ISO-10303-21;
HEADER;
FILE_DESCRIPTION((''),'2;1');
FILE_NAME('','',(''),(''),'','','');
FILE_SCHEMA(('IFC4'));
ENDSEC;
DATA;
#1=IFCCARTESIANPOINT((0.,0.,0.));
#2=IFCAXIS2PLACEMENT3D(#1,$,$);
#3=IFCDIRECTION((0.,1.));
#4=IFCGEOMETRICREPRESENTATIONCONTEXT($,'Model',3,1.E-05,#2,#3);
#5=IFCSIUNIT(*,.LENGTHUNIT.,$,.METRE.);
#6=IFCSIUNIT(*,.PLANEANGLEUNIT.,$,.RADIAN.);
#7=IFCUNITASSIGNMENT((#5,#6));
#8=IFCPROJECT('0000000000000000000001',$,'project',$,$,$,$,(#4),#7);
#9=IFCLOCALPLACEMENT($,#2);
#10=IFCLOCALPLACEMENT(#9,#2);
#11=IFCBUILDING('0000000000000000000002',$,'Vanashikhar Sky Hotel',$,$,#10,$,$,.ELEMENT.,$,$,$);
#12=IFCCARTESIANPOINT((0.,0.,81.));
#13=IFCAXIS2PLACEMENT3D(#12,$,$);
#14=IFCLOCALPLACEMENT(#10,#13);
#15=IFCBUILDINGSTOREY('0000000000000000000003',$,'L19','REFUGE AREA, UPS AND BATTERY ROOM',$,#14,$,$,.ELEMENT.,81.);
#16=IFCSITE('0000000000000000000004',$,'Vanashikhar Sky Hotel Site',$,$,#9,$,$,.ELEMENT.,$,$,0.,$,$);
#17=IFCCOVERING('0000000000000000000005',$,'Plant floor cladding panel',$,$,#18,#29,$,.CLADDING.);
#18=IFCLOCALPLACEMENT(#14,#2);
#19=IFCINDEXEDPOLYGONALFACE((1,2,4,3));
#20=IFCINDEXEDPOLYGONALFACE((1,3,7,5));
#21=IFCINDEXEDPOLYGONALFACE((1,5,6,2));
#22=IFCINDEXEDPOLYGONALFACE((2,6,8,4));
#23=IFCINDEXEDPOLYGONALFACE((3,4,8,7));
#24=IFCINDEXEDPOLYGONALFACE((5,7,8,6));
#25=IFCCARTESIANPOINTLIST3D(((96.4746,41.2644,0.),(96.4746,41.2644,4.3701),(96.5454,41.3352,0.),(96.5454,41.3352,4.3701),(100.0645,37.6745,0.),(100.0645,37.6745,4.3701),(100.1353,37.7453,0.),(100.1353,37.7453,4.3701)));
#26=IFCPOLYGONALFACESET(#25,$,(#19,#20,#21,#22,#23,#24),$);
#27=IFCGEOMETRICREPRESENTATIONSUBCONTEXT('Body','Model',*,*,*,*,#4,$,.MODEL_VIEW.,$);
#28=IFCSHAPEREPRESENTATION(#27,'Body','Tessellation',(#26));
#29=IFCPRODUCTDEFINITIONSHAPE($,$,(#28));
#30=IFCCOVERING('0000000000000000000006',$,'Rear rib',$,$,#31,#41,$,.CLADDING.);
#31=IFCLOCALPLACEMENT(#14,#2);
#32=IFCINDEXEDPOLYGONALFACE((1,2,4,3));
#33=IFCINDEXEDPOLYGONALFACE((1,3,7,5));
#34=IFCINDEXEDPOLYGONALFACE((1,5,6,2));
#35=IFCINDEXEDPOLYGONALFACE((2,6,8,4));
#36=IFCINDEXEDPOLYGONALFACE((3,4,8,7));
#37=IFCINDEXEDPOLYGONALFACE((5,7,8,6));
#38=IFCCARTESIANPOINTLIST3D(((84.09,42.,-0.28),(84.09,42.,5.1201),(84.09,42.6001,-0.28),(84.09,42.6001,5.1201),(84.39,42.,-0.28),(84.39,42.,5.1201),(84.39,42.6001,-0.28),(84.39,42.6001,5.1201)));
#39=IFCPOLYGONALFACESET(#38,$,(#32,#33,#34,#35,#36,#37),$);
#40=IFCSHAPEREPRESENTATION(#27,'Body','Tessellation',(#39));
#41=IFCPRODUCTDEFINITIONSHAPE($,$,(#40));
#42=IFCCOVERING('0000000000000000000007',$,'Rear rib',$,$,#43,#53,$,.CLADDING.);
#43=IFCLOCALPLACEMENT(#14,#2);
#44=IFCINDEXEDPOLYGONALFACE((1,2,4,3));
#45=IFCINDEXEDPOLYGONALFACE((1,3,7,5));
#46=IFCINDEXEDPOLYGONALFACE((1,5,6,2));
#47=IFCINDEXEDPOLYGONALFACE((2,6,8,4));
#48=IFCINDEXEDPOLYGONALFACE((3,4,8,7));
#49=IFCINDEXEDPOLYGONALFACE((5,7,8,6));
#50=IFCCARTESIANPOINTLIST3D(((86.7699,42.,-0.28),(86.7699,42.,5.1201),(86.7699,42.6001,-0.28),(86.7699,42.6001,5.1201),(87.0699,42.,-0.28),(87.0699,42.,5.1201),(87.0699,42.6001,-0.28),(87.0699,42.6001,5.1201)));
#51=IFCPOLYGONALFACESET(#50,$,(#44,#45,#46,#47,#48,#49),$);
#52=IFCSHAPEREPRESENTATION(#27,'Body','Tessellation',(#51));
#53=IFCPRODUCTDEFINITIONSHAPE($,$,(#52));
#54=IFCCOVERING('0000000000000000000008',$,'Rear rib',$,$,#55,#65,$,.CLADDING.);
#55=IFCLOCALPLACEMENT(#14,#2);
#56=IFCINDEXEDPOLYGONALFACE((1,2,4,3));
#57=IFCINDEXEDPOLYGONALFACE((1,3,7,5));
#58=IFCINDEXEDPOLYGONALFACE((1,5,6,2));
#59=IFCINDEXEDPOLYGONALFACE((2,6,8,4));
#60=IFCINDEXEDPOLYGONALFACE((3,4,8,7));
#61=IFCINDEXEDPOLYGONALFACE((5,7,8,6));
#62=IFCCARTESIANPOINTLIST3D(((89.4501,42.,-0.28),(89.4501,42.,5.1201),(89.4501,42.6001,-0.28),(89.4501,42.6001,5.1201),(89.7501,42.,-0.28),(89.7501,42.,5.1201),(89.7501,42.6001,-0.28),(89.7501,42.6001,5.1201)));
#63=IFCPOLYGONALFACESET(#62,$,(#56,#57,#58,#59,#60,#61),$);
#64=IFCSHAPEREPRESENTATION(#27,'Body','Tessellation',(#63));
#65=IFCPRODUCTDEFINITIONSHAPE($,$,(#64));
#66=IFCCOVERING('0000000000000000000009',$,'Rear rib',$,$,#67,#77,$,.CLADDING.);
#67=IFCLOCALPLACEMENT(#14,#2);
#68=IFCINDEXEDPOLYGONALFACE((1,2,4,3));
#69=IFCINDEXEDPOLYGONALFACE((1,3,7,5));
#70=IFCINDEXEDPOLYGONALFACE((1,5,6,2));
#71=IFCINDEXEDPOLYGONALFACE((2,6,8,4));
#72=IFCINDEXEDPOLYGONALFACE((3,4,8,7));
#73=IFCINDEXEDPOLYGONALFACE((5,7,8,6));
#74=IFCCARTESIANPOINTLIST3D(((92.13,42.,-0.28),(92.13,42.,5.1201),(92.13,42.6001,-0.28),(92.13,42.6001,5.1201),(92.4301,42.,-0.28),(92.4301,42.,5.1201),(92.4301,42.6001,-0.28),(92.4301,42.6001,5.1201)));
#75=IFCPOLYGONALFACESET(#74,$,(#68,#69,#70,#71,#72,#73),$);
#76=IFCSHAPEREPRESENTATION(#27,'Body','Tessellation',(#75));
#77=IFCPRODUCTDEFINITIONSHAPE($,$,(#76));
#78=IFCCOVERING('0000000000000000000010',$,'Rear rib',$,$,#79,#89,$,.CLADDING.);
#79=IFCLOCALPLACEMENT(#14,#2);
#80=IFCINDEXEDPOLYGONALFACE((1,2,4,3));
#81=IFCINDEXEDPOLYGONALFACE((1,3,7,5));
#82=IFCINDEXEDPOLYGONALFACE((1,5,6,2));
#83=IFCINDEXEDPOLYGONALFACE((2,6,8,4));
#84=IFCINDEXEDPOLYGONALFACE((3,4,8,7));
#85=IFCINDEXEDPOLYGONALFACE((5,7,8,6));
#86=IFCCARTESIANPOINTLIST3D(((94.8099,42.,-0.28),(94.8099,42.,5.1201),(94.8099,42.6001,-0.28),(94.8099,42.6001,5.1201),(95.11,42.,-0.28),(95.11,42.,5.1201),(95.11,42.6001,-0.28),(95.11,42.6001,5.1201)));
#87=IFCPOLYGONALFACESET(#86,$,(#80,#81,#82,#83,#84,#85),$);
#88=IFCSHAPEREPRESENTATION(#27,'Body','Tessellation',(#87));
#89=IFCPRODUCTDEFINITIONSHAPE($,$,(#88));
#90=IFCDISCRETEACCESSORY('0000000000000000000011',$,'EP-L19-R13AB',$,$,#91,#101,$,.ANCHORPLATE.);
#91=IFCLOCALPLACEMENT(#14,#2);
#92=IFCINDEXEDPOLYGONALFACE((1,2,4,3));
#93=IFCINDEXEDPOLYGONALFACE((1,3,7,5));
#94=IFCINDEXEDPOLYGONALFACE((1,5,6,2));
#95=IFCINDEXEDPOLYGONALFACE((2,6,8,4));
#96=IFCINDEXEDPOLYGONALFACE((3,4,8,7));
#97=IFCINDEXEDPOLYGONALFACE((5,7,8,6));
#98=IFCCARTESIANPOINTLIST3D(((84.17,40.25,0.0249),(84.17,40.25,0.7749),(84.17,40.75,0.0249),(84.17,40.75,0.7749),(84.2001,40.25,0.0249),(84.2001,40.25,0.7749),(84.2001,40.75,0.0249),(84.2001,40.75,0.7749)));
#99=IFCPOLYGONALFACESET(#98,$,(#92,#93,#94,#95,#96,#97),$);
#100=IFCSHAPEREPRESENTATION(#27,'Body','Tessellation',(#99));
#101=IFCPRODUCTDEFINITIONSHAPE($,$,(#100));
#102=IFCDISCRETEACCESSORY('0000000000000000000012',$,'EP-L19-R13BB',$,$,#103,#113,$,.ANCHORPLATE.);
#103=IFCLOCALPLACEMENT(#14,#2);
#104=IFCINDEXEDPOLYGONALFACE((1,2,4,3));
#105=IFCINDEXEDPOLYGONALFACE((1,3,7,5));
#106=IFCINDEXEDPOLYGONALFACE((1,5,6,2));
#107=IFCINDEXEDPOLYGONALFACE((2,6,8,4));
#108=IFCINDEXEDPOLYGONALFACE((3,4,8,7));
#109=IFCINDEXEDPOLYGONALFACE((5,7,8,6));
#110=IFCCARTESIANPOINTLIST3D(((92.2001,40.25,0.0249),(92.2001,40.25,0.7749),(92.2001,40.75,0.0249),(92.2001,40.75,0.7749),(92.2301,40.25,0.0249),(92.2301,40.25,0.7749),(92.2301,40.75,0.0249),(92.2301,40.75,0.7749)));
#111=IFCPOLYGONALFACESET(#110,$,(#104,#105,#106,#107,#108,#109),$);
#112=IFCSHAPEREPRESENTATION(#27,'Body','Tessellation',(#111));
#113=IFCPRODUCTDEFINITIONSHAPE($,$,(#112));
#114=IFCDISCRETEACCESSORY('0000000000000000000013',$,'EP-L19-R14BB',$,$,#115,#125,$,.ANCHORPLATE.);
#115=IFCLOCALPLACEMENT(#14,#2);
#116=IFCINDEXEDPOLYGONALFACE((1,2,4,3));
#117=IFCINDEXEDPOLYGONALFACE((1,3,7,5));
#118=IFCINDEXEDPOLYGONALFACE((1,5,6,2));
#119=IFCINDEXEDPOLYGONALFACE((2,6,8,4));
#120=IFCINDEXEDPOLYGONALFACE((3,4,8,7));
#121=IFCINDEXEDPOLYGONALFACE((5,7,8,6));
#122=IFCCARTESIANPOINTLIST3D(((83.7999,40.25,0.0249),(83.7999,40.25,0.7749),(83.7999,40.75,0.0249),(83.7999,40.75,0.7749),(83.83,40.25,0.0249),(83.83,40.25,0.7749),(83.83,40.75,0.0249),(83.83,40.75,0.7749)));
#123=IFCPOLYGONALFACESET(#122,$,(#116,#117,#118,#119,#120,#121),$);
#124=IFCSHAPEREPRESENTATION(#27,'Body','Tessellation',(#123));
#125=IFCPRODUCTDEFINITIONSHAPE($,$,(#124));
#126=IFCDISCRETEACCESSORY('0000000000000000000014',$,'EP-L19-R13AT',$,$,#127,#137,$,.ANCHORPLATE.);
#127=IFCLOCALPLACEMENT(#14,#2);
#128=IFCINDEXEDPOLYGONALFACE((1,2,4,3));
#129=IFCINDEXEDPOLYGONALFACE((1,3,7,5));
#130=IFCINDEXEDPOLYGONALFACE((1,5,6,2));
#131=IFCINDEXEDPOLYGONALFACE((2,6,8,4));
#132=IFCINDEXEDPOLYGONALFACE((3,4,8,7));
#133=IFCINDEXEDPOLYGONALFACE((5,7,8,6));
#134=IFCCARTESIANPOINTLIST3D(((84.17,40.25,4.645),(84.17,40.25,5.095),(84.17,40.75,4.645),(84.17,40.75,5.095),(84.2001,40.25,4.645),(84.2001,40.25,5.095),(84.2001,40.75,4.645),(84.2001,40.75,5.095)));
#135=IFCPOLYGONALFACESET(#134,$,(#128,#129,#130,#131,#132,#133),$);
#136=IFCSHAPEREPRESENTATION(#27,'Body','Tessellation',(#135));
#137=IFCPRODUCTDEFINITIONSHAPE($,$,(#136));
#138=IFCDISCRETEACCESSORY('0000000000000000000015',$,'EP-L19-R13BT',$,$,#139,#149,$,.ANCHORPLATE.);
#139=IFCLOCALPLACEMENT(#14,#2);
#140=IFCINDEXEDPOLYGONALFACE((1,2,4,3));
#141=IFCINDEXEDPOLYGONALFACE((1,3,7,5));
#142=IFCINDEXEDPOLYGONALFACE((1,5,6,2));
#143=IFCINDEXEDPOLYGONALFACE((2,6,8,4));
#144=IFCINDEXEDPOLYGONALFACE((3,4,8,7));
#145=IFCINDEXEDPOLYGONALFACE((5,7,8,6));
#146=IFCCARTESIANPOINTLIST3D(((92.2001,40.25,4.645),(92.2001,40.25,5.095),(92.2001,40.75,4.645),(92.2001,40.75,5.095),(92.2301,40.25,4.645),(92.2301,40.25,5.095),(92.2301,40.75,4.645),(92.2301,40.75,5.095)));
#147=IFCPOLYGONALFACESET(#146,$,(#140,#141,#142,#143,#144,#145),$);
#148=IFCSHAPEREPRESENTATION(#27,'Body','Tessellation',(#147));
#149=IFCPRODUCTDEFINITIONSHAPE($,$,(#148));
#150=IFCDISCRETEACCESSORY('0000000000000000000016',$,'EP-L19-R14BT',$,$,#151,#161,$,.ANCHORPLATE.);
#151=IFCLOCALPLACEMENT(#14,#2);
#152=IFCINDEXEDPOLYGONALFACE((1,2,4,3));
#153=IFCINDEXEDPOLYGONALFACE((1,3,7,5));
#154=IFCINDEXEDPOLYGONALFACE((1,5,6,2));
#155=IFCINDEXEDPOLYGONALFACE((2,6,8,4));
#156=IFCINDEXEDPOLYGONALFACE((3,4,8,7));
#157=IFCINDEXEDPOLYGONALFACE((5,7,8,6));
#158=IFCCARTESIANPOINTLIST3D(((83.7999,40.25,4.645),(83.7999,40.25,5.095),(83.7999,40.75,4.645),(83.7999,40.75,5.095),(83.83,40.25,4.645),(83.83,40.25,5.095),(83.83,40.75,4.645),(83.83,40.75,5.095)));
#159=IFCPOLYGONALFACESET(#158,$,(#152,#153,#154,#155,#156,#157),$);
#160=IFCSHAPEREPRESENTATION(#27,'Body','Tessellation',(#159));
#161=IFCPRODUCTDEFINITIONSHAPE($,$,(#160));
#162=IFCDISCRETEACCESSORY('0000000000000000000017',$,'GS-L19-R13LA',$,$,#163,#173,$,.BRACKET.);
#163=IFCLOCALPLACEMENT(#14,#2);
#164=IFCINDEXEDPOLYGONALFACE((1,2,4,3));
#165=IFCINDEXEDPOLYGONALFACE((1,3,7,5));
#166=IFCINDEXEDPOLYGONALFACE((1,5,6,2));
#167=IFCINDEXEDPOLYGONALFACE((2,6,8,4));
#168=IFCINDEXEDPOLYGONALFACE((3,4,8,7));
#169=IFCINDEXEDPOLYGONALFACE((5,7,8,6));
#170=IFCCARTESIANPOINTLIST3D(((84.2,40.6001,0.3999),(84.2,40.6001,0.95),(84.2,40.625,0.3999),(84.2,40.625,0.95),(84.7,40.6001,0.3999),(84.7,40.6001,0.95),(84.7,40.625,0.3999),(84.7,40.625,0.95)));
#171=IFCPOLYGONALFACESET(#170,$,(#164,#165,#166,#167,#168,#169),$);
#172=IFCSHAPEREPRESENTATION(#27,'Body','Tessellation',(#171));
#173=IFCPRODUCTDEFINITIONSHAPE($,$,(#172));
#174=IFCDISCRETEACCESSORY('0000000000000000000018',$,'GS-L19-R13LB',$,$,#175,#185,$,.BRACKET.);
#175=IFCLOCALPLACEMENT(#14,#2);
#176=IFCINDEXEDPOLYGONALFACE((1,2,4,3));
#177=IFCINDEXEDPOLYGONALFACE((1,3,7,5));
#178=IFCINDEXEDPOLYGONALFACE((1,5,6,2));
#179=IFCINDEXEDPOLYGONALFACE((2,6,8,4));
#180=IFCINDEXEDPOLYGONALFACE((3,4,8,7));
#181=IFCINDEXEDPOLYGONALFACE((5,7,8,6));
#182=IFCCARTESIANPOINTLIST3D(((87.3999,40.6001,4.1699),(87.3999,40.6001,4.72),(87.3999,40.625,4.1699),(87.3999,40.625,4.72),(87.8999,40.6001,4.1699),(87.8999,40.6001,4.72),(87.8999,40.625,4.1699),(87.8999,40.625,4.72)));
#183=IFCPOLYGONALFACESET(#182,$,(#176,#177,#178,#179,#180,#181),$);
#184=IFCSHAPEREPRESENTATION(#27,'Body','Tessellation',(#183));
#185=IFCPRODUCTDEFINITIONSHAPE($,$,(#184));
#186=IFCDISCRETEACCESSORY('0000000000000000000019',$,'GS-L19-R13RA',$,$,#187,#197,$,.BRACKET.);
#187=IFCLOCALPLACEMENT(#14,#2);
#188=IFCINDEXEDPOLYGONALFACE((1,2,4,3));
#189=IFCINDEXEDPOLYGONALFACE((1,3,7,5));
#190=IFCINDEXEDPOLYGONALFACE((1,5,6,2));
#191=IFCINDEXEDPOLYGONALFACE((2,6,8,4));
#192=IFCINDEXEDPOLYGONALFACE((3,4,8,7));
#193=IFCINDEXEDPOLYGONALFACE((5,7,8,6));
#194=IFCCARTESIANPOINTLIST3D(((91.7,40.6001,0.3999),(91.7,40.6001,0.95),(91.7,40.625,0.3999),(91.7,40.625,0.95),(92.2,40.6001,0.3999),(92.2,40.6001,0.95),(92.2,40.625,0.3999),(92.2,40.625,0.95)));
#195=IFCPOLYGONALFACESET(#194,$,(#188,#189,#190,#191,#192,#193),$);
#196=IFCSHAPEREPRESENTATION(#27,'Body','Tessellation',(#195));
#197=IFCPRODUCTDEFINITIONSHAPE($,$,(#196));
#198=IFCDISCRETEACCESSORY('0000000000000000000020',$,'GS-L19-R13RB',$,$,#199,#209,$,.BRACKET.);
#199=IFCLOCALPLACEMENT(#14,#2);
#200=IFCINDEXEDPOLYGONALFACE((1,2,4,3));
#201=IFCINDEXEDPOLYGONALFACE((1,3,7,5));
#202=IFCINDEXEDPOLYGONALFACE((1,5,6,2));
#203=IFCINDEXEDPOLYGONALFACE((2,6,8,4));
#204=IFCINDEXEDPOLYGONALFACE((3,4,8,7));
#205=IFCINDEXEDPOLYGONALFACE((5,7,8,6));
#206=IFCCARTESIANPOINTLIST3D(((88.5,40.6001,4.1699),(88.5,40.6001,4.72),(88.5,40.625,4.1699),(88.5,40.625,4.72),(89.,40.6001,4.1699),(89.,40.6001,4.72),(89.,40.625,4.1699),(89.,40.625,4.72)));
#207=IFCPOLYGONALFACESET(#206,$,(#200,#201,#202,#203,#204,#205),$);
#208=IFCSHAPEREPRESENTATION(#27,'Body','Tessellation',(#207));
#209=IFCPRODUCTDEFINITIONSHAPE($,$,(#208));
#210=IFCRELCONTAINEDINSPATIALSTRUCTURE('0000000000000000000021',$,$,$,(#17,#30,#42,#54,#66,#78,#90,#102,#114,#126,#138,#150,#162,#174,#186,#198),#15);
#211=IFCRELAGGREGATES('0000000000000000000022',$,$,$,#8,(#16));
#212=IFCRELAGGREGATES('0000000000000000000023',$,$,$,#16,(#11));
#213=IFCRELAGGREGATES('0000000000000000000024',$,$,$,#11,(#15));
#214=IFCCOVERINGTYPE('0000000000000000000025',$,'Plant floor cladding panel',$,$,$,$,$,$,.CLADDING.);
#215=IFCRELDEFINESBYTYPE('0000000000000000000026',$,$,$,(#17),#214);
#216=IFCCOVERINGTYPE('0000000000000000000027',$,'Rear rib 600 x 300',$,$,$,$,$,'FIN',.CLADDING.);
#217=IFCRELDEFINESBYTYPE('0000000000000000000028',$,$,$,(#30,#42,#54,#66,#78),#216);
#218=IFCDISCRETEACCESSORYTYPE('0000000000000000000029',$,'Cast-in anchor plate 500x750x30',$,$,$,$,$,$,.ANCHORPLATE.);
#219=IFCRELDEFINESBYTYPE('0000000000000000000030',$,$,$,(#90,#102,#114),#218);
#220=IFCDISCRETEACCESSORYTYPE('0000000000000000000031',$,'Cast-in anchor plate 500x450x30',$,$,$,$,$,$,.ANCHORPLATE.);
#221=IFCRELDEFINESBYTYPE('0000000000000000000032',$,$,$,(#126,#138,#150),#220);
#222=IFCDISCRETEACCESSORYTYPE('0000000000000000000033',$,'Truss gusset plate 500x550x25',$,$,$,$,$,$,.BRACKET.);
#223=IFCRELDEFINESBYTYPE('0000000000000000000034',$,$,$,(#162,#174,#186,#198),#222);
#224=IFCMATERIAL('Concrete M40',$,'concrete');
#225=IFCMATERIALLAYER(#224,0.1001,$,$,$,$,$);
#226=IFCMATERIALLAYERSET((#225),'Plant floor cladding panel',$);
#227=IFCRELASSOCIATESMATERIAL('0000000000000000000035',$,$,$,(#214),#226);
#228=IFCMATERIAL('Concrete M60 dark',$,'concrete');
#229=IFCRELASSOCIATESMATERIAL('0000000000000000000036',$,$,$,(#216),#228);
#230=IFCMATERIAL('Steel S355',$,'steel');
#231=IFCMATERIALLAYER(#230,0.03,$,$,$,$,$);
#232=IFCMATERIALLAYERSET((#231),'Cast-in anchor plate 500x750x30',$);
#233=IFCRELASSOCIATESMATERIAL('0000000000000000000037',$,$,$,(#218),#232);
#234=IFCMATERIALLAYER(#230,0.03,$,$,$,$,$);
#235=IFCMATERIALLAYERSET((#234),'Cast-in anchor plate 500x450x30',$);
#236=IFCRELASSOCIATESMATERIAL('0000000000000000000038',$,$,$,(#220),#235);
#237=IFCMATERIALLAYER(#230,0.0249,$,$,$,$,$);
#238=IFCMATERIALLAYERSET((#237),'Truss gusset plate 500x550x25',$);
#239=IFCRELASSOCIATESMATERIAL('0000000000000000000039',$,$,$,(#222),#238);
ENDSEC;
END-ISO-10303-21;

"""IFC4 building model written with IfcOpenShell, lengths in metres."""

from ifc_helpers import new_model, si_unit, direction, frame, origin, origin_2d, place, context, subcontext, project, spatial, rectangle, extrude, source, transform, mapped, material, layer, layer_set, material_profile, profile_set, type_object, element, save


model = new_model("IFC4")

# Units and contexts
model_context = context("Model", 3, precision=1e-05, world=origin(), true_north=direction((0.0, 1.0)))
body_context = subcontext(model_context, "Body", "Model", "MODEL_VIEW")
ifc_project = project(units=[si_unit("LENGTHUNIT", "METRE"), si_unit("PLANEANGLEUNIT", "RADIAN")], contexts=[model_context])

# Site, building, storey
site_placement = place(None, origin())
site = spatial("IfcSite", under=ifc_project, at=site_placement, Name="Vanashikhar Sky Hotel Site", CompositionType="ELEMENT", RefElevation=0.0)
building_placement = place(site_placement, origin())
building = spatial("IfcBuilding", under=site, at=building_placement, Name="Vanashikhar Sky Hotel", CompositionType="ELEMENT")
storey_placement = place(building_placement, frame((0.0, 0.0, 81.0)))
storey = spatial("IfcBuildingStorey", under=building, at=storey_placement, Name="L19", Description="REFUGE AREA, UPS AND BATTERY ROOM", CompositionType="ELEMENT", Elevation=81.0)

# Shared definitions
ifc_material_1 = material(Name="Steel S355", Category="steel")

# Coverings
ifc_material_2 = material(Name="Concrete M40", Category="concrete")
ifc_layer_1 = layer(ifc_material_2, 0.1001)
ifc_layer_set_1 = layer_set([ifc_layer_1], Name="Plant floor cladding panel")
covering_type_1 = type_object("IfcCoveringType", Name="Plant floor cladding panel", PredefinedType="CLADDING", material=ifc_layer_set_1)
shared_shape_1 = source(origin(), body_context, "Body", "SweptSolid", [
    extrude(rectangle(XDim=5.0769, YDim=0.1001, at=origin_2d()), origin(), (0.0, 0.0, 1.0), 4.3701),
])
covering_1_placement = place(storey_placement, frame((98.3049, 39.5049, 0.0), z_axis=(0.0, 0.0, 1.0), x_axis=(-0.707107, 0.707107, 0.0)))
element("IfcCovering", 1, at=covering_1_placement, inside=storey, type_object=covering_type_1, Name="Plant floor cladding panel", PredefinedType="CLADDING", context=body_context, shape_type="MappedRepresentation", body=[
    mapped(shared_shape_1, transform((0.0, 0.0, 0.0), scale=1.0)),
])
ifc_material_3 = material(Name="Concrete M60 dark", Category="concrete")
ifc_material_profile_1 = material_profile(ifc_material_3, rectangle(XDim=0.6001, YDim=0.3, at=origin_2d()))
ifc_profile_set_1 = profile_set([ifc_material_profile_1], Name="Rear rib 600 x 300")
covering_type_2 = type_object("IfcCoveringType", Name="Rear rib 600 x 300", ElementType="FIN", PredefinedType="CLADDING", material=ifc_profile_set_1)
shared_shape_2 = source(origin(), body_context, "Body", "SweptSolid", [
    extrude(rectangle(XDim=0.6001, YDim=0.3, at=origin_2d()), origin(), (0.0, 0.0, 1.0), 5.4001),
])
for number, where, z_axis, x_axis, name in (
    (2, (84.24, 42.3, -0.28), (0.0, 0.0, 1.0), (0.0, 1.0, 0.0), "Rear rib"),
    (3, (86.9199, 42.3, -0.28), (0.0, 0.0, 1.0), (0.0, 1.0, 0.0), "Rear rib"),
    (4, (89.6001, 42.3, -0.28), (0.0, 0.0, 1.0), (0.0, 1.0, 0.0), "Rear rib"),
    (5, (92.28, 42.3, -0.28), (0.0, 0.0, 1.0), (0.0, 1.0, 0.0), "Rear rib"),
    (6, (94.96, 42.3, -0.28), (0.0, 0.0, 1.0), (0.0, 1.0, 0.0), "Rear rib"),
):
    element("IfcCovering", number, at=place(storey_placement, frame(where, z_axis=z_axis, x_axis=x_axis)), inside=storey, type_object=covering_type_2, Name=name, PredefinedType="CLADDING", context=body_context, shape_type="MappedRepresentation", body=[
        mapped(shared_shape_2, transform((0.0, 0.0, 0.0), scale=1.0)),
    ])

# Discrete accessories
ifc_layer_2 = layer(ifc_material_1, 0.03)
ifc_layer_set_2 = layer_set([ifc_layer_2], Name="Cast-in anchor plate 500x750x30")
discrete_accessory_type_1 = type_object("IfcDiscreteAccessoryType", Name="Cast-in anchor plate 500x750x30", PredefinedType="ANCHORPLATE", material=ifc_layer_set_2)
shared_shape_3 = source(origin(), body_context, "Body", "SweptSolid", [
    extrude(rectangle(XDim=0.03, YDim=0.5, at=origin_2d()), origin(), (0.0, 0.0, 1.0), 0.75),
])
for number, where, z_axis, x_axis, name in (
    (7, (84.1851, 40.5, 0.0249), (0.0, 0.0, 1.0), (1.0, 0.0, 0.0), "EP-L19-R13AB"),
    (8, (92.2151, 40.5, 0.0249), (0.0, 0.0, 1.0), (1.0, 0.0, 0.0), "EP-L19-R13BB"),
    (9, (83.8149, 40.5, 0.0249), (0.0, 0.0, 1.0), (1.0, 0.0, 0.0), "EP-L19-R14BB"),
):
    element("IfcDiscreteAccessory", number, at=place(storey_placement, frame(where, z_axis=z_axis, x_axis=x_axis)), inside=storey, type_object=discrete_accessory_type_1, Name=name, PredefinedType="ANCHORPLATE", context=body_context, shape_type="MappedRepresentation", body=[
        mapped(shared_shape_3, transform((0.0, 0.0, 0.0), scale=1.0)),
    ])
ifc_layer_3 = layer(ifc_material_1, 0.03)
ifc_layer_set_3 = layer_set([ifc_layer_3], Name="Cast-in anchor plate 500x450x30")
discrete_accessory_type_2 = type_object("IfcDiscreteAccessoryType", Name="Cast-in anchor plate 500x450x30", PredefinedType="ANCHORPLATE", material=ifc_layer_set_3)
shared_shape_4 = source(origin(), body_context, "Body", "SweptSolid", [
    extrude(rectangle(XDim=0.03, YDim=0.5, at=origin_2d()), origin(), (0.0, 0.0, 1.0), 0.45),
])
for number, where, z_axis, x_axis, name in (
    (10, (84.1851, 40.5, 4.645), (0.0, 0.0, 1.0), (1.0, 0.0, 0.0), "EP-L19-R13AT"),
    (11, (92.2151, 40.5, 4.645), (0.0, 0.0, 1.0), (1.0, 0.0, 0.0), "EP-L19-R13BT"),
    (12, (83.8149, 40.5, 4.645), (0.0, 0.0, 1.0), (1.0, 0.0, 0.0), "EP-L19-R14BT"),
):
    element("IfcDiscreteAccessory", number, at=place(storey_placement, frame(where, z_axis=z_axis, x_axis=x_axis)), inside=storey, type_object=discrete_accessory_type_2, Name=name, PredefinedType="ANCHORPLATE", context=body_context, shape_type="MappedRepresentation", body=[
        mapped(shared_shape_4, transform((0.0, 0.0, 0.0), scale=1.0)),
    ])
ifc_layer_4 = layer(ifc_material_1, 0.0249)
ifc_layer_set_4 = layer_set([ifc_layer_4], Name="Truss gusset plate 500x550x25")
discrete_accessory_type_3 = type_object("IfcDiscreteAccessoryType", Name="Truss gusset plate 500x550x25", PredefinedType="BRACKET", material=ifc_layer_set_4)
shared_shape_5 = source(origin(), body_context, "Body", "SweptSolid", [
    extrude(rectangle(XDim=0.5, YDim=0.0249, at=origin_2d()), origin(), (0.0, 0.0, 1.0), 0.55),
])
for number, where, z_axis, x_axis, name in (
    (13, (84.45, 40.6125, 0.3999), (0.0, 0.0, 1.0), (1.0, 0.0, 0.0), "GS-L19-R13LA"),
    (14, (87.6499, 40.6125, 4.1699), (0.0, 0.0, 1.0), (1.0, 0.0, 0.0), "GS-L19-R13LB"),
    (15, (91.95, 40.6125, 0.3999), (0.0, 0.0, 1.0), (1.0, 0.0, 0.0), "GS-L19-R13RA"),
    (16, (88.75, 40.6125, 4.1699), (0.0, 0.0, 1.0), (1.0, 0.0, 0.0), "GS-L19-R13RB"),
):
    element("IfcDiscreteAccessory", number, at=place(storey_placement, frame(where, z_axis=z_axis, x_axis=x_axis)), inside=storey, type_object=discrete_accessory_type_3, Name=name, PredefinedType="BRACKET", context=body_context, shape_type="MappedRepresentation", body=[
        mapped(shared_shape_5, transform((0.0, 0.0, 0.0), scale=1.0)),
    ])

save(model, "model.ifc")
